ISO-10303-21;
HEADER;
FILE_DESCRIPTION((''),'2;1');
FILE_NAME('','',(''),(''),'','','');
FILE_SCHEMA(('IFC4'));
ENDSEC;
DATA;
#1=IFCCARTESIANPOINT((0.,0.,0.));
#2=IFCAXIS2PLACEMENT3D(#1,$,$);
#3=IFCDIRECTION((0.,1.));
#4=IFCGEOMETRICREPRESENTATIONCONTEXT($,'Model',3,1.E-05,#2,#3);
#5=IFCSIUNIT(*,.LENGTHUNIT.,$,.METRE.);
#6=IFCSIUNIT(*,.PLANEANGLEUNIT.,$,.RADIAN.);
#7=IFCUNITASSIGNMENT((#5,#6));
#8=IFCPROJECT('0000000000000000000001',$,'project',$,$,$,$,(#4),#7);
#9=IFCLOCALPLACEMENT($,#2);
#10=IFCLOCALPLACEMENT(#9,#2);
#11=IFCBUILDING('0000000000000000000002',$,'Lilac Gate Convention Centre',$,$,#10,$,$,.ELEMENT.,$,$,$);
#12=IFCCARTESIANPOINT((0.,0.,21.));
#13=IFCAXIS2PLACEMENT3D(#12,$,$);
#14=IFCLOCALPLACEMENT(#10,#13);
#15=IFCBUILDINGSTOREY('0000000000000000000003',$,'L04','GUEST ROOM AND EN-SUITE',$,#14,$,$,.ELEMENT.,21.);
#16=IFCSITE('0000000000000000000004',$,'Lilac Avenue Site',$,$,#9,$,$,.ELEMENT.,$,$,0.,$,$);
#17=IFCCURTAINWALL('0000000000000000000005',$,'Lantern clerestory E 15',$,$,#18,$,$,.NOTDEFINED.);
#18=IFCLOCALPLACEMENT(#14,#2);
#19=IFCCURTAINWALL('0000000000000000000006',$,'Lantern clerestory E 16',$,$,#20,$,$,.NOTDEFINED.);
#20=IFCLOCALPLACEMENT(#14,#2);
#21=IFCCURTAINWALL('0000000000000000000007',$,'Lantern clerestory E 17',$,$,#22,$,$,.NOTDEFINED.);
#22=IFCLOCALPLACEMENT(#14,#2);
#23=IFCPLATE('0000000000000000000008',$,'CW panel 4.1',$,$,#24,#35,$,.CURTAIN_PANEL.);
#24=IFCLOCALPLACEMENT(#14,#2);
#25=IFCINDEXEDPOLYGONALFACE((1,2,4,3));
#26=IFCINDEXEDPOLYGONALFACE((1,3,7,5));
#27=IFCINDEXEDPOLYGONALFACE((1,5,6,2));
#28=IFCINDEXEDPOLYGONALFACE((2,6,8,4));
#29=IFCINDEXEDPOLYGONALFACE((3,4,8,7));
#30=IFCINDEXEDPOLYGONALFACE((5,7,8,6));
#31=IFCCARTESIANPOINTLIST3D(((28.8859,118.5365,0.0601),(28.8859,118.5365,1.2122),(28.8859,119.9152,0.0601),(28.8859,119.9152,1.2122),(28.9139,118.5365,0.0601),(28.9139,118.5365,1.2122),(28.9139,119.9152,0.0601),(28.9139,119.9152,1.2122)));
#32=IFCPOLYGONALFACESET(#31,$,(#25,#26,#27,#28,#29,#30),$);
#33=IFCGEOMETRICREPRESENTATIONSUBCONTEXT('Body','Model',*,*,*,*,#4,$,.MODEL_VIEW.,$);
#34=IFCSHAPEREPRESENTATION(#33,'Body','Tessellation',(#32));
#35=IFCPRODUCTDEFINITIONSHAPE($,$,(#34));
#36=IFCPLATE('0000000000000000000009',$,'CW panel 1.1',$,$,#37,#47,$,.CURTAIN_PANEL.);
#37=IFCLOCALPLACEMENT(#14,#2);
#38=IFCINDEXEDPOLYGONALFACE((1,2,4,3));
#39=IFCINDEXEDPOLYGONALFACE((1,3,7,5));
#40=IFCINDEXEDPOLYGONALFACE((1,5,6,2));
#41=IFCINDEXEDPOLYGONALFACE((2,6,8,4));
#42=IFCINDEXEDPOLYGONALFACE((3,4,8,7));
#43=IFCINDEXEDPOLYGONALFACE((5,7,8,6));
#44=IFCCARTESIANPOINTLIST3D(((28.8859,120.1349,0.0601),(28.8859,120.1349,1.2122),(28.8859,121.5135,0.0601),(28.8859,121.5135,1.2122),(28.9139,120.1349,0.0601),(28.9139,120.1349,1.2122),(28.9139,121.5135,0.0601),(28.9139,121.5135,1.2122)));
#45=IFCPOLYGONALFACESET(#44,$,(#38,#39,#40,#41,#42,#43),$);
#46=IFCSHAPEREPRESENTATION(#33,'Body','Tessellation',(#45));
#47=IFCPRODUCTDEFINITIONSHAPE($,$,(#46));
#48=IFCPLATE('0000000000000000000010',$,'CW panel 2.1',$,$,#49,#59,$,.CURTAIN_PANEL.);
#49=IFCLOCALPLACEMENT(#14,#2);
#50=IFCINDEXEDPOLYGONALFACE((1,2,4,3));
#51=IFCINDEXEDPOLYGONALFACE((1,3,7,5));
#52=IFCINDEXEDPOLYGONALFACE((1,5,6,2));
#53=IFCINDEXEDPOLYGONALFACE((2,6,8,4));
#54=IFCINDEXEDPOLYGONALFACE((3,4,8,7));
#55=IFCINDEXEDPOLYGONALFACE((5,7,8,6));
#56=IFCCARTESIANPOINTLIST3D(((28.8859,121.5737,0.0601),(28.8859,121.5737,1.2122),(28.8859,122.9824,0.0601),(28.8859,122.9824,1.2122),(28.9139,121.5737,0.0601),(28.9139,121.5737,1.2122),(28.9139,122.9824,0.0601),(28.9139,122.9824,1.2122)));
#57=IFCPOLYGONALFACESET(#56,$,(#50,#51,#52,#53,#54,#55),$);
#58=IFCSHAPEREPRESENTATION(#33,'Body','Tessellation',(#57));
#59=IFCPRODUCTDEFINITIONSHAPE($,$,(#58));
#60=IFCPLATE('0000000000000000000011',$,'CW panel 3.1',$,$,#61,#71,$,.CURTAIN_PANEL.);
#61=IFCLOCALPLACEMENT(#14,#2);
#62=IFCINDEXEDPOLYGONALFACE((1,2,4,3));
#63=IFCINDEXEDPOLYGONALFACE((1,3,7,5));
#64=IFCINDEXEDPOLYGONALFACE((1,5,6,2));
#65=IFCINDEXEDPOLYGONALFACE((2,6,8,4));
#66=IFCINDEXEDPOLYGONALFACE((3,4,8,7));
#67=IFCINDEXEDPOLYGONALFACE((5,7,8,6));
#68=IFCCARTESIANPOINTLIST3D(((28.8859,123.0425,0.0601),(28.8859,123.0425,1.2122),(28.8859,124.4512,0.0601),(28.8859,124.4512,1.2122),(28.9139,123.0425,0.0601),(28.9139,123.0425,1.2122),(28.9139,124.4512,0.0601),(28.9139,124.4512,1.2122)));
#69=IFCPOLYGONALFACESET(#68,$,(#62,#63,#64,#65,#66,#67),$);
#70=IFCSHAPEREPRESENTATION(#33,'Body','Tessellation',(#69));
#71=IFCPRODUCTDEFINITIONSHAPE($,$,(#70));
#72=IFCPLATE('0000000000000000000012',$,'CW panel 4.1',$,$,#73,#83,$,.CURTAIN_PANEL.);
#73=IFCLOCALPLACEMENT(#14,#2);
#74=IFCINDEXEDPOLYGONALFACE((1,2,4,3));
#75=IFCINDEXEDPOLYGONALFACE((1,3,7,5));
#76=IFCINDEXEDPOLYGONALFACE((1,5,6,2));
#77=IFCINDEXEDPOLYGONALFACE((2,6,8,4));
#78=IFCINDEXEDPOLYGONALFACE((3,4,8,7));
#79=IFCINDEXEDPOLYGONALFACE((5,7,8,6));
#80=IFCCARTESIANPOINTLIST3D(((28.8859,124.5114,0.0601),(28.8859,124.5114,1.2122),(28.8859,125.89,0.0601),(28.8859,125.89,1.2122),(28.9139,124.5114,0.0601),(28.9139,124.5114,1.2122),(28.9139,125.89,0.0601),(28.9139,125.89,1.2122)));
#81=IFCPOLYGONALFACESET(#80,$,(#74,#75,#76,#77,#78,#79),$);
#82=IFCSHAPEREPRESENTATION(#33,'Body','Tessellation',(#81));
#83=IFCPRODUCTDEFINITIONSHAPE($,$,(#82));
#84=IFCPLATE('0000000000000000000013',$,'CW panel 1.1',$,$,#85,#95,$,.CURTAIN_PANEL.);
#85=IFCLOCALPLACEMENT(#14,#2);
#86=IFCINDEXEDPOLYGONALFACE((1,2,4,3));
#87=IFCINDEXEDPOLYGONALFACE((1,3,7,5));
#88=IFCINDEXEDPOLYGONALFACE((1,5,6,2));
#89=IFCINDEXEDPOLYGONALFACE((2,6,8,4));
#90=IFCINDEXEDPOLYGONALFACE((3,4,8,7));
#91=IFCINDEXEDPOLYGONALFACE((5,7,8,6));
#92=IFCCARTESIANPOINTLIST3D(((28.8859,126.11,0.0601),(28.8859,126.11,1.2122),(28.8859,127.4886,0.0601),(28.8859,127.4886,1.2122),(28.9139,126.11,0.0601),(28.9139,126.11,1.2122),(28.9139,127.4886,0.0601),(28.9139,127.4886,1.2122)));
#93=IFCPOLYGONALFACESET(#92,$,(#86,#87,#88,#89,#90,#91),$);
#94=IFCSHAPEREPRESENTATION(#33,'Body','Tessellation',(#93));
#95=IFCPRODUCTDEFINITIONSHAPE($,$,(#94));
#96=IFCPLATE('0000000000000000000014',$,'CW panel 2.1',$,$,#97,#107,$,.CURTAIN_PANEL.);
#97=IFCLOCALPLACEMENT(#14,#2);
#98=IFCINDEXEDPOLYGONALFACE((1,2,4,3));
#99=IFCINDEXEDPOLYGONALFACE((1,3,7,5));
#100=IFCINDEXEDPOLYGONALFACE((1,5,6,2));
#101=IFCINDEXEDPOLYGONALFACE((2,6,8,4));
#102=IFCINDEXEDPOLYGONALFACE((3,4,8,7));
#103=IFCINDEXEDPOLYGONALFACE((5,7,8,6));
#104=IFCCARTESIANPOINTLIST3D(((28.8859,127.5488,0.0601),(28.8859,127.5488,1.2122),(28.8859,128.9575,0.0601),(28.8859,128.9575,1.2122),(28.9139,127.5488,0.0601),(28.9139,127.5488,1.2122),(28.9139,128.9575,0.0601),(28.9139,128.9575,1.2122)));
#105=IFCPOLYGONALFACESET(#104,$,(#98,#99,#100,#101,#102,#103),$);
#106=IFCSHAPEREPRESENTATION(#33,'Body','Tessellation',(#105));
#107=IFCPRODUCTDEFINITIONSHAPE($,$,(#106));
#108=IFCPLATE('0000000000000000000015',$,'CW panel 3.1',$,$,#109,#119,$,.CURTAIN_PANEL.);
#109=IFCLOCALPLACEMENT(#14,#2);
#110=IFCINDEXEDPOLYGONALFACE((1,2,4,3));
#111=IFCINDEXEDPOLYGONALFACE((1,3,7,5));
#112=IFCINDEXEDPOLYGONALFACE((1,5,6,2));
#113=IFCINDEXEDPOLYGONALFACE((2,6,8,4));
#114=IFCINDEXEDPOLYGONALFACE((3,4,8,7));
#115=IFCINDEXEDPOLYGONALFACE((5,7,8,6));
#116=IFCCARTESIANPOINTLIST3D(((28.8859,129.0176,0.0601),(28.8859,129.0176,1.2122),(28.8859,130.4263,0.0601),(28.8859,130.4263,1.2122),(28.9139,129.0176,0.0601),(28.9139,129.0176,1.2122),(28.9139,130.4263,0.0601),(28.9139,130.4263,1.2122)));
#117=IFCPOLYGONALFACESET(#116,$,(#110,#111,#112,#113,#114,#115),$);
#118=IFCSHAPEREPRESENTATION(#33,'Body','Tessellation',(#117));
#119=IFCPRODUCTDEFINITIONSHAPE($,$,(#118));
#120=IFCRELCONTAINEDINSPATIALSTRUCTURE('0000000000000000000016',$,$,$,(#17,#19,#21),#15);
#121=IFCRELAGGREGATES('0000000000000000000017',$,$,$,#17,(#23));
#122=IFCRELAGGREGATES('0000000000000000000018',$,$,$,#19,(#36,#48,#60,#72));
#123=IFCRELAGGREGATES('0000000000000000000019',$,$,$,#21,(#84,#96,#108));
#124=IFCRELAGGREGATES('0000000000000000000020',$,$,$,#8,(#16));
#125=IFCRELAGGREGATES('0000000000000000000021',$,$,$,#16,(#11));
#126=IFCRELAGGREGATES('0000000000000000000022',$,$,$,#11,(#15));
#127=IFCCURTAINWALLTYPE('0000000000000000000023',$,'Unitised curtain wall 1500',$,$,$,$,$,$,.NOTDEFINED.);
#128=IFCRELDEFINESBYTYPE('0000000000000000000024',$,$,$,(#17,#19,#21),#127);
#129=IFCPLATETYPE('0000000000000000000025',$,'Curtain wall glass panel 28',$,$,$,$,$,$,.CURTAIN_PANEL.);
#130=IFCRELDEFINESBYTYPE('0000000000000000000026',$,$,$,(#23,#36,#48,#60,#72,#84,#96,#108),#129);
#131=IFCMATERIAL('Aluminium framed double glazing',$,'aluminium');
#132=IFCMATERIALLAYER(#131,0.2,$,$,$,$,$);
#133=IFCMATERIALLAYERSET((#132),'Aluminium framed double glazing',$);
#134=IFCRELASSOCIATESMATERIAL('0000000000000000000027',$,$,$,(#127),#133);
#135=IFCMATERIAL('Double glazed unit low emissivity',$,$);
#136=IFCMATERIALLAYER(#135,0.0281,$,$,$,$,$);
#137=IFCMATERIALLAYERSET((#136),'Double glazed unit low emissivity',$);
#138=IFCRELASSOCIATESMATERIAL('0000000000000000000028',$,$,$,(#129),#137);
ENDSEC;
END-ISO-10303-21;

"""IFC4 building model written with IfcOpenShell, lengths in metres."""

from ifc_helpers import new_model, si_unit, direction, frame, origin, origin_2d, place, context, subcontext, project, spatial, rectangle, extrude, material, layer, layer_set, type_object, element, aggregate, save


model = new_model("IFC4")

# Units and contexts
model_context = context("Model", 3, precision=1e-05, world=origin(), true_north=direction((0.0, 1.0)))
body_context = subcontext(model_context, "Body", "Model", "MODEL_VIEW")
ifc_project = project(units=[si_unit("LENGTHUNIT", "METRE"), si_unit("PLANEANGLEUNIT", "RADIAN")], contexts=[model_context])

# Site, building, storey
site_placement = place(None, origin())
site = spatial("IfcSite", under=ifc_project, at=site_placement, Name="Lilac Avenue Site", CompositionType="ELEMENT", RefElevation=0.0)
building_placement = place(site_placement, origin())
building = spatial("IfcBuilding", under=site, at=building_placement, Name="Lilac Gate Convention Centre", CompositionType="ELEMENT")
storey_placement = place(building_placement, frame((0.0, 0.0, 21.0)))
storey = spatial("IfcBuildingStorey", under=building, at=storey_placement, Name="L04", Description="GUEST ROOM AND EN-SUITE", CompositionType="ELEMENT", Elevation=21.0)

# Curtain walls
ifc_material_1 = material(Name="Aluminium framed double glazing", Category="aluminium")
ifc_layer_1 = layer(ifc_material_1, 0.2)
ifc_layer_set_1 = layer_set([ifc_layer_1], Name="Aluminium framed double glazing")
curtain_wall_type = type_object("IfcCurtainWallType", Name="Unitised curtain wall 1500", PredefinedType="NOTDEFINED", material=ifc_layer_set_1)
curtain_wall_1_placement = place(storey_placement, origin())
curtain_wall_1 = element("IfcCurtainWall", 1, at=curtain_wall_1_placement, inside=storey, type_object=curtain_wall_type, Name="Lantern clerestory E 15", PredefinedType="NOTDEFINED")
curtain_wall_2_placement = place(storey_placement, origin())
curtain_wall_2 = element("IfcCurtainWall", 2, at=curtain_wall_2_placement, inside=storey, type_object=curtain_wall_type, Name="Lantern clerestory E 16", PredefinedType="NOTDEFINED")
curtain_wall_3_placement = place(storey_placement, origin())
curtain_wall_3 = element("IfcCurtainWall", 3, at=curtain_wall_3_placement, inside=storey, type_object=curtain_wall_type, Name="Lantern clerestory E 17", PredefinedType="NOTDEFINED")

# Plates
ifc_material_2 = material(Name="Double glazed unit low emissivity")
ifc_layer_2 = layer(ifc_material_2, 0.0281)
ifc_layer_set_2 = layer_set([ifc_layer_2], Name="Double glazed unit low emissivity")
plate_type = type_object("IfcPlateType", Name="Curtain wall glass panel 28", PredefinedType="CURTAIN_PANEL", material=ifc_layer_set_2)
plate_1_placement = place(storey_placement, frame((28.8999, 119.2258, 0.0601), z_axis=(0.0, 0.0, 1.0), x_axis=(0.0, 1.0, 0.0)))
plate_1 = element("IfcPlate", 4, at=plate_1_placement, type_object=plate_type, Name="CW panel 4.1", PredefinedType="CURTAIN_PANEL", context=body_context, shape_type="SweptSolid", body=[
    extrude(rectangle(XDim=1.3787, YDim=0.0281, at=origin_2d()), origin(), (0.0, 0.0, 1.0), 1.1521),
])
aggregate(curtain_wall_1, [plate_1])
plate_2_placement = place(storey_placement, frame((28.8999, 120.8242, 0.0601), z_axis=(0.0, 0.0, 1.0), x_axis=(0.0, 1.0, 0.0)))
plate_2 = element("IfcPlate", 5, at=plate_2_placement, type_object=plate_type, Name="CW panel 1.1", PredefinedType="CURTAIN_PANEL", context=body_context, shape_type="SweptSolid", body=[
    extrude(rectangle(XDim=1.3787, YDim=0.0281, at=origin_2d()), origin(), (0.0, 0.0, 1.0), 1.1521),
])
plate_3_placement = place(storey_placement, frame((28.8999, 122.2781, 0.0601), z_axis=(0.0, 0.0, 1.0), x_axis=(0.0, 1.0, 0.0)))
plate_3 = element("IfcPlate", 6, at=plate_3_placement, type_object=plate_type, Name="CW panel 2.1", PredefinedType="CURTAIN_PANEL", context=body_context, shape_type="SweptSolid", body=[
    extrude(rectangle(XDim=1.4087, YDim=0.0281, at=origin_2d()), origin(), (0.0, 0.0, 1.0), 1.1521),
])
plate_4_placement = place(storey_placement, frame((28.8999, 123.7468, 0.0601), z_axis=(0.0, 0.0, 1.0), x_axis=(0.0, 1.0, 0.0)))
plate_4 = element("IfcPlate", 7, at=plate_4_placement, type_object=plate_type, Name="CW panel 3.1", PredefinedType="CURTAIN_PANEL", context=body_context, shape_type="SweptSolid", body=[
    extrude(rectangle(XDim=1.4087, YDim=0.0281, at=origin_2d()), origin(), (0.0, 0.0, 1.0), 1.1521),
])
plate_5_placement = place(storey_placement, frame((28.8999, 125.2007, 0.0601), z_axis=(0.0, 0.0, 1.0), x_axis=(0.0, 1.0, 0.0)))
plate_5 = element("IfcPlate", 8, at=plate_5_placement, type_object=plate_type, Name="CW panel 4.1", PredefinedType="CURTAIN_PANEL", context=body_context, shape_type="SweptSolid", body=[
    extrude(rectangle(XDim=1.3787, YDim=0.0281, at=origin_2d()), origin(), (0.0, 0.0, 1.0), 1.1521),
])
aggregate(curtain_wall_2, [plate_2, plate_3, plate_4, plate_5])
plate_6_placement = place(storey_placement, frame((28.8999, 126.7993, 0.0601), z_axis=(0.0, 0.0, 1.0), x_axis=(0.0, 1.0, 0.0)))
plate_6 = element("IfcPlate", 9, at=plate_6_placement, type_object=plate_type, Name="CW panel 1.1", PredefinedType="CURTAIN_PANEL", context=body_context, shape_type="SweptSolid", body=[
    extrude(rectangle(XDim=1.3787, YDim=0.0281, at=origin_2d()), origin(), (0.0, 0.0, 1.0), 1.1521),
])
plate_7_placement = place(storey_placement, frame((28.8999, 128.2532, 0.0601), z_axis=(0.0, 0.0, 1.0), x_axis=(0.0, 1.0, 0.0)))
plate_7 = element("IfcPlate", 10, at=plate_7_placement, type_object=plate_type, Name="CW panel 2.1", PredefinedType="CURTAIN_PANEL", context=body_context, shape_type="SweptSolid", body=[
    extrude(rectangle(XDim=1.4087, YDim=0.0281, at=origin_2d()), origin(), (0.0, 0.0, 1.0), 1.1521),
])
plate_8_placement = place(storey_placement, frame((28.8999, 129.7219, 0.0601), z_axis=(0.0, 0.0, 1.0), x_axis=(0.0, 1.0, 0.0)))
plate_8 = element("IfcPlate", 11, at=plate_8_placement, type_object=plate_type, Name="CW panel 3.1", PredefinedType="CURTAIN_PANEL", context=body_context, shape_type="SweptSolid", body=[
    extrude(rectangle(XDim=1.4087, YDim=0.0281, at=origin_2d()), origin(), (0.0, 0.0, 1.0), 1.1521),
])
aggregate(curtain_wall_3, [plate_6, plate_7, plate_8])

save(model, "model.ifc")
